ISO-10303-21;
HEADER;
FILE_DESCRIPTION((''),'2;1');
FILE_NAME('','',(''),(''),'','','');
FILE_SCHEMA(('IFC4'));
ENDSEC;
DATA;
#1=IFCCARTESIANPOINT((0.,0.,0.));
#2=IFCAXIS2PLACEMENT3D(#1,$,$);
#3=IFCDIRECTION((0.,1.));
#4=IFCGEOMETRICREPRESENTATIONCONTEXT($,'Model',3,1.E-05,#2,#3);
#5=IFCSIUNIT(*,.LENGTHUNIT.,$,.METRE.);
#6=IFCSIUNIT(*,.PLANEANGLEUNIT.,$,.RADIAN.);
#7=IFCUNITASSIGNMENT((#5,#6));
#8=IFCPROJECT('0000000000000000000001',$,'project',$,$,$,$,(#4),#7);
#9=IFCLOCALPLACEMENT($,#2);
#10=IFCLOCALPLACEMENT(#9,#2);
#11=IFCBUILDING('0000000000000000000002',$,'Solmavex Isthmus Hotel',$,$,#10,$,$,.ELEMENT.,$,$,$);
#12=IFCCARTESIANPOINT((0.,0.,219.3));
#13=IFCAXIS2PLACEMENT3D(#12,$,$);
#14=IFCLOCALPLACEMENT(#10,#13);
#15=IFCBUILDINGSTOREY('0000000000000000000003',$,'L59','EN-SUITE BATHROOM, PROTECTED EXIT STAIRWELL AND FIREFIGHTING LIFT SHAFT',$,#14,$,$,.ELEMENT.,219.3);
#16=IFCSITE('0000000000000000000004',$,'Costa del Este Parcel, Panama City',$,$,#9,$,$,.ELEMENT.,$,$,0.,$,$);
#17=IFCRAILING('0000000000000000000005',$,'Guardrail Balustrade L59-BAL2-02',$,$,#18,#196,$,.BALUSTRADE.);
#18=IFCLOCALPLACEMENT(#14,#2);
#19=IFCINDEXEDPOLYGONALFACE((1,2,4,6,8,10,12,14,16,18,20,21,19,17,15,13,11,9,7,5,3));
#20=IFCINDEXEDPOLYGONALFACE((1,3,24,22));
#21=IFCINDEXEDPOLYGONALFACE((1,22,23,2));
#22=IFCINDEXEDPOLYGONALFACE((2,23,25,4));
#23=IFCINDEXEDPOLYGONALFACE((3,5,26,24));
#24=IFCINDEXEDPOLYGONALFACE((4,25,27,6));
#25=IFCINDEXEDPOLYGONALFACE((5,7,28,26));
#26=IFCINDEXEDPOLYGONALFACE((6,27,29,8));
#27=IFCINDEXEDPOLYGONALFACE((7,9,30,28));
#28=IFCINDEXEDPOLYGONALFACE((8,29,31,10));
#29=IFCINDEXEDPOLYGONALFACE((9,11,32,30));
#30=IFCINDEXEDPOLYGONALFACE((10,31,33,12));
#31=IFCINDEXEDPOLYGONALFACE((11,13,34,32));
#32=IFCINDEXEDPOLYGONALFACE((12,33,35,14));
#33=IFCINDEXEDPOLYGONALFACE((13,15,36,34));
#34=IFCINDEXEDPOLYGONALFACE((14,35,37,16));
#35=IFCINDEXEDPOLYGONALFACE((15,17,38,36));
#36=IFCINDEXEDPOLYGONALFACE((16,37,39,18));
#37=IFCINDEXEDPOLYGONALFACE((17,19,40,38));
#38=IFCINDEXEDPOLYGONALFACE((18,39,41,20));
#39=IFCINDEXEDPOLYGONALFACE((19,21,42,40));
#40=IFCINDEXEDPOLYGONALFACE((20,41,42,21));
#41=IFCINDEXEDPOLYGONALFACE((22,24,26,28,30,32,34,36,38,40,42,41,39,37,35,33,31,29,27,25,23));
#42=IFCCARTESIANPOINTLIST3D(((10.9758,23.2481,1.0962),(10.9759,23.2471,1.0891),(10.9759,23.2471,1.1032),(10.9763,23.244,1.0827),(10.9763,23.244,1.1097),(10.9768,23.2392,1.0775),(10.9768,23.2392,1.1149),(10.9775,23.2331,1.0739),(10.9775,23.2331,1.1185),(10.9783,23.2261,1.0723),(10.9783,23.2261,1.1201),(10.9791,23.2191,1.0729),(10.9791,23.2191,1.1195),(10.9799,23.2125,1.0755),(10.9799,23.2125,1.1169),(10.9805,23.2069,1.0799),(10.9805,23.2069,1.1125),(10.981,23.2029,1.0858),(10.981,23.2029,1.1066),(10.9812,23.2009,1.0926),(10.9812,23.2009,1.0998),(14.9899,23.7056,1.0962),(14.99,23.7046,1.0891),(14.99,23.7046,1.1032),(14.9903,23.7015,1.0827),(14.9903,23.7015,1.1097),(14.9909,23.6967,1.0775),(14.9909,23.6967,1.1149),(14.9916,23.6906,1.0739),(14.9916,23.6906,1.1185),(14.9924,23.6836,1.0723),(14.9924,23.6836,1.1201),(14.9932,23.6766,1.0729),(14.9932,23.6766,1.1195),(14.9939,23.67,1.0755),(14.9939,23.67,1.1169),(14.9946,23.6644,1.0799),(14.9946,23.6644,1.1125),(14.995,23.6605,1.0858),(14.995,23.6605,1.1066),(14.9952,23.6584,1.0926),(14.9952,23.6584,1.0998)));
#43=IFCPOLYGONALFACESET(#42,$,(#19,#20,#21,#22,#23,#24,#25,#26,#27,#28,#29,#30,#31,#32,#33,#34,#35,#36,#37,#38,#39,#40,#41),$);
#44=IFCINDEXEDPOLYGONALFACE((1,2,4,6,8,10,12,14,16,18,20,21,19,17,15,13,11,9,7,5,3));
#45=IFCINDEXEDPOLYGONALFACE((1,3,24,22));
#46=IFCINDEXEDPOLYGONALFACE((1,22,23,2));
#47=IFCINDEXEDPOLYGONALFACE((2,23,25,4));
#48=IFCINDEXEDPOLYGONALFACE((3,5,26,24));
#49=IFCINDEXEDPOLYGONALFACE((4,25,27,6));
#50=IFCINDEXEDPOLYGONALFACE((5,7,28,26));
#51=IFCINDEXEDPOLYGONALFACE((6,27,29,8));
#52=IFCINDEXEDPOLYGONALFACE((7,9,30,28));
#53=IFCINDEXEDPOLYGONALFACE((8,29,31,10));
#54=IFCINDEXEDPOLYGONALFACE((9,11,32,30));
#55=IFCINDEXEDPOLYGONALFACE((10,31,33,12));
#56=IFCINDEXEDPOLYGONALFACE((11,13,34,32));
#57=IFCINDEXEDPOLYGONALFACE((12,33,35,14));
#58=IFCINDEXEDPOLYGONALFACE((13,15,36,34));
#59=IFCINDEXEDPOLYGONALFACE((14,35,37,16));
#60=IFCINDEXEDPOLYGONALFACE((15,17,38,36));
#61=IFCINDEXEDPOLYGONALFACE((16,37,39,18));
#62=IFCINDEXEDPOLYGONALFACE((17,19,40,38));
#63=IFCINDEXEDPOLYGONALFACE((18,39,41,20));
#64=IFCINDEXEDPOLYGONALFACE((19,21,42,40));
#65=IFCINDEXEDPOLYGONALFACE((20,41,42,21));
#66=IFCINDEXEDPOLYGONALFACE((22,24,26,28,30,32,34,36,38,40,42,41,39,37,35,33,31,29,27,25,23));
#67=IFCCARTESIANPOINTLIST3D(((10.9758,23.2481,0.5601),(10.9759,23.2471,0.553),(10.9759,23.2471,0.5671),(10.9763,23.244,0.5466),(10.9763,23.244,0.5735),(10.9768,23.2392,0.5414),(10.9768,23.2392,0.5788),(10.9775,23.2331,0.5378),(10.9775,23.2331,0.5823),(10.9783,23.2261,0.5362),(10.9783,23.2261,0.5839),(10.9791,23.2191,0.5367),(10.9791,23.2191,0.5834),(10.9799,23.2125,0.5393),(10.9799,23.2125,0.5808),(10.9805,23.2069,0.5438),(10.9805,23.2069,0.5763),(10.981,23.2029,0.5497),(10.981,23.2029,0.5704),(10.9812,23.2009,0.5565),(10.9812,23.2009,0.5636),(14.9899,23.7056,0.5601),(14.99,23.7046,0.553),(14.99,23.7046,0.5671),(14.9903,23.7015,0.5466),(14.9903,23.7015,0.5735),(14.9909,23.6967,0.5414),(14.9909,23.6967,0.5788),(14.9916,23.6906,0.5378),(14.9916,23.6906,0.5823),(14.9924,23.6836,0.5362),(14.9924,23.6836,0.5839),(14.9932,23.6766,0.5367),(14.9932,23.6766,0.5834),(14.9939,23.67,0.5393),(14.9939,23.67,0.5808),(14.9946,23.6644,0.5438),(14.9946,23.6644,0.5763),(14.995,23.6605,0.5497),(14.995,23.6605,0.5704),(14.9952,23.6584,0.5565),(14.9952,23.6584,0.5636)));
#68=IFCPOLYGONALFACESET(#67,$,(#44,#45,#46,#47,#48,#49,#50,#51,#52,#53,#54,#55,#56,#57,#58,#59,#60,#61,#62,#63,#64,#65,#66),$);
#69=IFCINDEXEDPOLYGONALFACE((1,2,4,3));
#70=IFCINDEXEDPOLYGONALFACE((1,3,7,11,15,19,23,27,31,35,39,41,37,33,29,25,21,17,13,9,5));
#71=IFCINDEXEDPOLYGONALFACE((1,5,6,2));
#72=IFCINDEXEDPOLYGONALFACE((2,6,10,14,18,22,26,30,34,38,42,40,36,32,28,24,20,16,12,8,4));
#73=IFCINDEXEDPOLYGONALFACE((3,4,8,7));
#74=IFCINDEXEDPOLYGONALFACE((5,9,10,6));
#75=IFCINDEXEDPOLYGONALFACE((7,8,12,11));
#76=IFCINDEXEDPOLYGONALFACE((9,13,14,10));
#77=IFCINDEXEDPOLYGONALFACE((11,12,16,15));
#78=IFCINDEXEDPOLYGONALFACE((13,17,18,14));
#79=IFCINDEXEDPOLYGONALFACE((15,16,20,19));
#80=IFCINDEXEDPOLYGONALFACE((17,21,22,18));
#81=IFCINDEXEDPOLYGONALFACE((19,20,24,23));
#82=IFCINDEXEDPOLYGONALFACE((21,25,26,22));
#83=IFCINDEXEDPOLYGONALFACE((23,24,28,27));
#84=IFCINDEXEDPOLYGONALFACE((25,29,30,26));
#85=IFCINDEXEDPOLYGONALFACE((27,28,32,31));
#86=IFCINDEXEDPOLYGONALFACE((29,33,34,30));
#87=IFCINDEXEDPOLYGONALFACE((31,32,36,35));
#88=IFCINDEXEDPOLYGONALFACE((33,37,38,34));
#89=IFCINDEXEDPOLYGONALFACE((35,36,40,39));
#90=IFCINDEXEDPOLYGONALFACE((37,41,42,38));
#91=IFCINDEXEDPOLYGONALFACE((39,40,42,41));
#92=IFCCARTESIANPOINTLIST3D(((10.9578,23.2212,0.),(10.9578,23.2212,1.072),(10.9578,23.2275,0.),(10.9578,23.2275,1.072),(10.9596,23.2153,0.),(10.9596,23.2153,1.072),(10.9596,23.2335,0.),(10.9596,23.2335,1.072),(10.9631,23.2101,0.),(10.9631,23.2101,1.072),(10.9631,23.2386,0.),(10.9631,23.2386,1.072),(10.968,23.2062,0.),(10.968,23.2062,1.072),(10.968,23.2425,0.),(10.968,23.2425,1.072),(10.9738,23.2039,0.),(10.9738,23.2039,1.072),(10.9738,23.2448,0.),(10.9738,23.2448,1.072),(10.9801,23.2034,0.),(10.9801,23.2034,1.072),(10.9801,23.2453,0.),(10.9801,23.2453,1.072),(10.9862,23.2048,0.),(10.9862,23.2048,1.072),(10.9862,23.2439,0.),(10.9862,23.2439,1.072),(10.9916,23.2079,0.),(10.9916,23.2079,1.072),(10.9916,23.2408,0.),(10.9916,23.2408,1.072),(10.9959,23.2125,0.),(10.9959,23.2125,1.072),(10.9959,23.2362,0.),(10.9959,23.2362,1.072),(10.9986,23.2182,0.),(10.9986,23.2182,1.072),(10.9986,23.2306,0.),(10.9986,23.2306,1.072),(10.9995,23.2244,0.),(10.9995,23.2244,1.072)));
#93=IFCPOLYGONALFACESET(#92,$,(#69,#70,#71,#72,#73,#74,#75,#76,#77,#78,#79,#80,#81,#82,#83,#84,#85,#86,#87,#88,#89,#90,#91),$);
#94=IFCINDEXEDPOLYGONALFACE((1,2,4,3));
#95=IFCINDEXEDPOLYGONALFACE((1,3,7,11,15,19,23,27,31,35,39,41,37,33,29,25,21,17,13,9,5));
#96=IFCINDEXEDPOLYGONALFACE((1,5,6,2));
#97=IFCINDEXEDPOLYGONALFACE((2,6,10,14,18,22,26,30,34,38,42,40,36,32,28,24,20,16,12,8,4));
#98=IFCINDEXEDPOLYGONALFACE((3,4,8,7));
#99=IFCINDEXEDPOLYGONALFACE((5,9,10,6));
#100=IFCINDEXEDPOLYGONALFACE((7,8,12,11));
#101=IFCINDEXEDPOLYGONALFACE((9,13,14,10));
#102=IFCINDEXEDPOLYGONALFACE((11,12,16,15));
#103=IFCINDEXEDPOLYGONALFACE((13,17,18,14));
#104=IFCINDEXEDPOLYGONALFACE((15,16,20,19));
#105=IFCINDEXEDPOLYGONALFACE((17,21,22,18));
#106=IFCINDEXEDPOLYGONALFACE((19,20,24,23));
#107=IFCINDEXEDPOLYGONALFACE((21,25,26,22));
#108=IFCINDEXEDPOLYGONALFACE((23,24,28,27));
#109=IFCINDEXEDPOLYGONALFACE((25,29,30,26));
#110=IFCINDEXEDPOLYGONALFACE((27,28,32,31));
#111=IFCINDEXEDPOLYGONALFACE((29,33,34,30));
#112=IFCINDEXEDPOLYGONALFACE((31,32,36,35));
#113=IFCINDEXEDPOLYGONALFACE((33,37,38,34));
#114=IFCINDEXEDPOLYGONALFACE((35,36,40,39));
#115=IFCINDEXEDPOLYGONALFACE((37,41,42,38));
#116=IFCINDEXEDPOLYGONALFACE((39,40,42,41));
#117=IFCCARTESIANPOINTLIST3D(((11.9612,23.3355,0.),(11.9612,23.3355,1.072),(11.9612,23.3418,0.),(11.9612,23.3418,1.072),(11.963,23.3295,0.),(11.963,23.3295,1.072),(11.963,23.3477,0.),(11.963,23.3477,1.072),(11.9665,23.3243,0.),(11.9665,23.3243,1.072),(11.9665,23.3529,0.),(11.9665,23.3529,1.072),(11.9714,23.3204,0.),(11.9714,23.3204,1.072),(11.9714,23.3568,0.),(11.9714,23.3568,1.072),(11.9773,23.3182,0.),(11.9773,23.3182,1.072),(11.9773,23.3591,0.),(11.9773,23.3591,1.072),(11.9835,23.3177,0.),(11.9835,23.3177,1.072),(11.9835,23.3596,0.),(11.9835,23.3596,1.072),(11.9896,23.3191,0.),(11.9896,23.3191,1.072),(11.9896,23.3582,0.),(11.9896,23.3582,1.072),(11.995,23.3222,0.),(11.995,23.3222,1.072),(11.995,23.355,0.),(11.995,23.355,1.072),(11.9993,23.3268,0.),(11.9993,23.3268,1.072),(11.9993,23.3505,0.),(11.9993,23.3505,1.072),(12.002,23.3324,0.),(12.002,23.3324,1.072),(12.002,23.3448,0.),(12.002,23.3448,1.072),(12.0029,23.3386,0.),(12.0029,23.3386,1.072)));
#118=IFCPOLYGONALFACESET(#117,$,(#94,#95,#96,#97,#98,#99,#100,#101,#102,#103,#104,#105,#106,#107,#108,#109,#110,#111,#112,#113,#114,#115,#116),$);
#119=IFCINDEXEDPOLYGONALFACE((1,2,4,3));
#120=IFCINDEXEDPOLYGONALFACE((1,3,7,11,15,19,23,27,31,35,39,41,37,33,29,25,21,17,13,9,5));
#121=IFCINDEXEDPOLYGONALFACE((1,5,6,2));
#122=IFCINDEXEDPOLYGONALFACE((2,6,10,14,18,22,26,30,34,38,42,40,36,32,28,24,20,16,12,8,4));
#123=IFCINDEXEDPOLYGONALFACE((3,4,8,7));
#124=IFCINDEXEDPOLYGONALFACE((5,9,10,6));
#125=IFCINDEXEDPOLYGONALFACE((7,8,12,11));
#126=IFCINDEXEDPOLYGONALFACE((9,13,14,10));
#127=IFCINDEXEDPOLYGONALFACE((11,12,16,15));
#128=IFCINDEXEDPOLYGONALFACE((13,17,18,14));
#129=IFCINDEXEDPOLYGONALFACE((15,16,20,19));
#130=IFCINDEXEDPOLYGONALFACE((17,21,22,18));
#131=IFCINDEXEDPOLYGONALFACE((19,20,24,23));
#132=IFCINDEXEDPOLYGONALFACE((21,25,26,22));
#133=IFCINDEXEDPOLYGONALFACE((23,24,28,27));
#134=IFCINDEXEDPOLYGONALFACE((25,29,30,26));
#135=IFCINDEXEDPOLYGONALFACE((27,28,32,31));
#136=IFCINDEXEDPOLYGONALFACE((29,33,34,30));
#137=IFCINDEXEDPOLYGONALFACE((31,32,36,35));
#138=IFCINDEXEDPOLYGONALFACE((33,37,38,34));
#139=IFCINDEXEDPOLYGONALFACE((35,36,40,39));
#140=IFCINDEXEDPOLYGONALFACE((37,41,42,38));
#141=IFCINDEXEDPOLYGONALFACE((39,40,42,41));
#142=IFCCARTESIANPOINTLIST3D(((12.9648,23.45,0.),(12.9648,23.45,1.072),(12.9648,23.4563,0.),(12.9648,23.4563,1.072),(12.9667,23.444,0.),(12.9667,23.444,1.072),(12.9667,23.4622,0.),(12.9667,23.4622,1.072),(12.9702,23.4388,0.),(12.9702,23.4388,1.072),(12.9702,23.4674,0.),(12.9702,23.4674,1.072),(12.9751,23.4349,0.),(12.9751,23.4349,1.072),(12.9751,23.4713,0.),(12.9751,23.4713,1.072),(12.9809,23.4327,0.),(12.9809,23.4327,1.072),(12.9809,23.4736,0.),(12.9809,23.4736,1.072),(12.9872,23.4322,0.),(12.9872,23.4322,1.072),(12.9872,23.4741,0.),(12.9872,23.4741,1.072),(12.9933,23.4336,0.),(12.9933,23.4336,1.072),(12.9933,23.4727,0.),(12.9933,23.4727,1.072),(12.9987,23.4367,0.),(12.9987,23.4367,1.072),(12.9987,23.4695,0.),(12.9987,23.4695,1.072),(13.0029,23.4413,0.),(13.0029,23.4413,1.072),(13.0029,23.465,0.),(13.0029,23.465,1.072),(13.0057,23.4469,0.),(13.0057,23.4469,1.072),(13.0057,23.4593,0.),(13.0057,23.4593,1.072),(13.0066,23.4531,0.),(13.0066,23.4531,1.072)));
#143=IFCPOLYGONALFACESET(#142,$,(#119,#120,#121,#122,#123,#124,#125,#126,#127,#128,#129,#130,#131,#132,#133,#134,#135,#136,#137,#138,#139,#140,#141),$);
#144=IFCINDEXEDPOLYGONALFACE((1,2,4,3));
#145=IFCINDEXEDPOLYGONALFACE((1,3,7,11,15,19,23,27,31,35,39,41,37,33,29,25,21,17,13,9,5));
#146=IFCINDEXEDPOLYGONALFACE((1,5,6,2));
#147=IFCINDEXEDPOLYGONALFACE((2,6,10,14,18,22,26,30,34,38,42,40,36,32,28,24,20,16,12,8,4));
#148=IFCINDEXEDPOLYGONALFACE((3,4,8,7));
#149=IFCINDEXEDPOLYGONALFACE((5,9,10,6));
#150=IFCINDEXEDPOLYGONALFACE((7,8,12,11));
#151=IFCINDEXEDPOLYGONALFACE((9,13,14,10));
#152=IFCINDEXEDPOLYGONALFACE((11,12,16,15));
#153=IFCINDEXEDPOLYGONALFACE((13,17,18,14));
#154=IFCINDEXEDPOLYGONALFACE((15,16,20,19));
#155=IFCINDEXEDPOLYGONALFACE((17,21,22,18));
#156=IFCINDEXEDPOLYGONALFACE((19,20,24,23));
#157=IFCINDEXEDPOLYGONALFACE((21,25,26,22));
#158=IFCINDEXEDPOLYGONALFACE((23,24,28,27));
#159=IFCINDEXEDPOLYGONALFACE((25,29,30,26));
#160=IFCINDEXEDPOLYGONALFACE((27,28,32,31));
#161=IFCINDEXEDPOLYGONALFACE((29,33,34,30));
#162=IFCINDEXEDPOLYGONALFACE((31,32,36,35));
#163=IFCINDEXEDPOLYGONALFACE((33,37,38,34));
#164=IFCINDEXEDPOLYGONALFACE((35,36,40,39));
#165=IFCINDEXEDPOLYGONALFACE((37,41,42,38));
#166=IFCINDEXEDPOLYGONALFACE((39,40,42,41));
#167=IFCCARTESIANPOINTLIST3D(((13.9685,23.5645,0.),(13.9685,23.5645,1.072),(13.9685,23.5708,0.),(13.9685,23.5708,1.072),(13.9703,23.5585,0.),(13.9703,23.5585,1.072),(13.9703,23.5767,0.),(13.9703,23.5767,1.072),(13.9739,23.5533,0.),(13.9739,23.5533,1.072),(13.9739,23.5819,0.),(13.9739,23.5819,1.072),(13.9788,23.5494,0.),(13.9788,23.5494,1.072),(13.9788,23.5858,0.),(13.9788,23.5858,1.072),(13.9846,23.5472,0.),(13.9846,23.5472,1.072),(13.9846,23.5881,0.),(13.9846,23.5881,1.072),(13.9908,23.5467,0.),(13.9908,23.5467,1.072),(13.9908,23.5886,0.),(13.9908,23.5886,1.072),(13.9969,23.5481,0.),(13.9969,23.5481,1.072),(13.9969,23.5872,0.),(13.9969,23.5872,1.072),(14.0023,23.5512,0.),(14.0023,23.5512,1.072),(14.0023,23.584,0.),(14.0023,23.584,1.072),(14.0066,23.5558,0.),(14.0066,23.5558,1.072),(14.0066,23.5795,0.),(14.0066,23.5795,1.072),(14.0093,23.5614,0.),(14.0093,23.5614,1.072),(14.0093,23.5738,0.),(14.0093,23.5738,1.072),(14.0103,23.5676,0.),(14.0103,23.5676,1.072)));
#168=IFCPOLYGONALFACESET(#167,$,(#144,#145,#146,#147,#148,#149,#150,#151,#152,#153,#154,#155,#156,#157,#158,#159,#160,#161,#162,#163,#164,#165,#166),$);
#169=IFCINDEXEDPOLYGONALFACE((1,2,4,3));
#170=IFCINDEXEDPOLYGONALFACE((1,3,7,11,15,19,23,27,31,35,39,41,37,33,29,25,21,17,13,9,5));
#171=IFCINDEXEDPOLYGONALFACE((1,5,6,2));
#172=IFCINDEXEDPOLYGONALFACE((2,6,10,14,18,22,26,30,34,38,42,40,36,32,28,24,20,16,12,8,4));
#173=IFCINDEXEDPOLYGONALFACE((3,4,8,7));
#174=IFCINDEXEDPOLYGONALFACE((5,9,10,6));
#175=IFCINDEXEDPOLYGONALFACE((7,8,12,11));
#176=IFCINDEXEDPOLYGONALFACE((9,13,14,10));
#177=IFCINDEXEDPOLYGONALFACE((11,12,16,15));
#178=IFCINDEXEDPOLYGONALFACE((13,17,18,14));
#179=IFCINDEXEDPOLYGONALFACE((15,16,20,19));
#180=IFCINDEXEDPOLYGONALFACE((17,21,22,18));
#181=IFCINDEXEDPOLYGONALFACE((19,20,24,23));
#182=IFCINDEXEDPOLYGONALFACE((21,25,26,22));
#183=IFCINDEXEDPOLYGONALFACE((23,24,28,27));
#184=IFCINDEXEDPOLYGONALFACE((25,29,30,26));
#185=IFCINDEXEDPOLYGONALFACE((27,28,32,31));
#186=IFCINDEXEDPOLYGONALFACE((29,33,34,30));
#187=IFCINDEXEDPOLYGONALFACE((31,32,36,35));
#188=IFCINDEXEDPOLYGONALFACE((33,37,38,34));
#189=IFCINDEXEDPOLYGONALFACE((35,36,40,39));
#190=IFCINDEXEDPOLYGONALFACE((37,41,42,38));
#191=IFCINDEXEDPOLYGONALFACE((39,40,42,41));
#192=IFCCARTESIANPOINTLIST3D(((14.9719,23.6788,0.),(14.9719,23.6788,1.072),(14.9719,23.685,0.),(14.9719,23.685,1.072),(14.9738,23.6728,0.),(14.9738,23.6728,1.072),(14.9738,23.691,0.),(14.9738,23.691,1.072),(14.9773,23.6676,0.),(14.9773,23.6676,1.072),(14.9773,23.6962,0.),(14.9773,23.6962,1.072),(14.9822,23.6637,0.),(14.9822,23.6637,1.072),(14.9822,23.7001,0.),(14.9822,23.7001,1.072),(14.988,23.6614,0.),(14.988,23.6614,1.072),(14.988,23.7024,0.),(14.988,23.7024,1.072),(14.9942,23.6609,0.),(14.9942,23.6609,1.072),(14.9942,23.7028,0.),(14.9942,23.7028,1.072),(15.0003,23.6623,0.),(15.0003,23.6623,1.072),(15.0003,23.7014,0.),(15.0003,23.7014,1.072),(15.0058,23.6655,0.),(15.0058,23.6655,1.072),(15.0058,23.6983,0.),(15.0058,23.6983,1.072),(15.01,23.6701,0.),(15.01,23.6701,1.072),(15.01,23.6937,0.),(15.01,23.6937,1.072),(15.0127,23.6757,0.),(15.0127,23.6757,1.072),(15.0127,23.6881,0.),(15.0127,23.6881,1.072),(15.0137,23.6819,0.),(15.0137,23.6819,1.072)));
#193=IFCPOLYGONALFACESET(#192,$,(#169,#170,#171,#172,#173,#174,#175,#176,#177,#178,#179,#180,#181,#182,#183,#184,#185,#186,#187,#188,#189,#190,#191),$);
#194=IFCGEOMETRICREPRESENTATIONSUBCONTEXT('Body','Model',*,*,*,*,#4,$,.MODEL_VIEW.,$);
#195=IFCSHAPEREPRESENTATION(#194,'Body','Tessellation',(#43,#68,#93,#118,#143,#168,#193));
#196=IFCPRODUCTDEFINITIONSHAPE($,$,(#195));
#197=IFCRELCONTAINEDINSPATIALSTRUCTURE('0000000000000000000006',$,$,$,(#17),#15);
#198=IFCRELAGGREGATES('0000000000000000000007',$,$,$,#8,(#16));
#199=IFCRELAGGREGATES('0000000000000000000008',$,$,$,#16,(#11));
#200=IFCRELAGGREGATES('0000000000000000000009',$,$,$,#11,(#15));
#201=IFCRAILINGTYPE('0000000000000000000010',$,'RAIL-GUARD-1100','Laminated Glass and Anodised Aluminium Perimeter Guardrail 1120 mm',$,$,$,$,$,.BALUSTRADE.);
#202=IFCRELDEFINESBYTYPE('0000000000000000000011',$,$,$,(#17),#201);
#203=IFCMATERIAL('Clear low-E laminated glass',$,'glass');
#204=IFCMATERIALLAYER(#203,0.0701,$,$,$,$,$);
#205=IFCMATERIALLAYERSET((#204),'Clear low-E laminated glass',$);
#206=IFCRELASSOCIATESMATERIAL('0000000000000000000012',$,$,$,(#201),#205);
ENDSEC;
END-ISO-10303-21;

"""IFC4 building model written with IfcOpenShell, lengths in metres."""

from ifc_helpers import new_model, si_unit, direction, frame, origin, origin_2d, place, context, subcontext, project, spatial, circle, extrude, material, layer, layer_set, type_object, element, save


model = new_model("IFC4")

# Units and contexts
model_context = context("Model", 3, precision=1e-05, world=origin(), true_north=direction((0.0, 1.0)))
body_context = subcontext(model_context, "Body", "Model", "MODEL_VIEW")
ifc_project = project(units=[si_unit("LENGTHUNIT", "METRE"), si_unit("PLANEANGLEUNIT", "RADIAN")], contexts=[model_context])

# Site, building, storey
site_placement = place(None, origin())
site = spatial("IfcSite", under=ifc_project, at=site_placement, Name="Costa del Este Parcel, Panama City", CompositionType="ELEMENT", RefElevation=0.0)
building_placement = place(site_placement, origin())
building = spatial("IfcBuilding", under=site, at=building_placement, Name="Solmavex Isthmus Hotel", CompositionType="ELEMENT")
storey_placement = place(building_placement, frame((0.0, 0.0, 219.3)))
storey = spatial("IfcBuildingStorey", under=building, at=storey_placement, Name="L59", Description="EN-SUITE BATHROOM, PROTECTED EXIT STAIRWELL AND FIREFIGHTING LIFT SHAFT", CompositionType="ELEMENT", Elevation=219.3)

# Shared definitions
ifc_material_1 = material(Name="Clear low-E laminated glass", Category="glass")

# Railing
ifc_layer_1 = layer(ifc_material_1, 0.0701)
ifc_layer_set_1 = layer_set([ifc_layer_1], Name="Clear low-E laminated glass")
railing_type_1 = type_object("IfcRailingType", Name="RAIL-GUARD-1100", Description="Laminated Glass and Anodised Aluminium Perimeter Guardrail 1120 mm", PredefinedType="BALUSTRADE", material=ifc_layer_set_1)
railing_1_placement = place(storey_placement, frame((10.9785, 23.2244, 0.0)))
element("IfcRailing", 1, at=railing_1_placement, inside=storey, type_object=railing_type_1, Name="Guardrail Balustrade L59-BAL2-02", PredefinedType="BALUSTRADE", context=body_context, shape_type="SweptSolid", body=[
    extrude(circle(Radius=0.0239, at=origin_2d()), frame((0.0, 0.0, 1.0962), z_axis=(0.993567, 0.113243, 0.0), x_axis=(-0.113243, 0.993567, 0.0)), (0.0, 0.0, 1.0), 4.04),
    extrude(circle(Radius=0.0239, at=origin_2d()), frame((0.0, 0.0, 0.5601), z_axis=(0.993567, 0.113243, 0.0), x_axis=(-0.113243, 0.993567, 0.0)), (0.0, 0.0, 1.0), 4.04),
    extrude(circle(Radius=0.021, at=origin_2d()), origin(), (0.0, 0.0, 1.0), 1.072),
    extrude(circle(Radius=0.021, at=origin_2d()), frame((1.0034, 0.1143, 0.0)), (0.0, 0.0, 1.0), 1.072),
    extrude(circle(Radius=0.021, at=origin_2d()), frame((2.0071, 0.2288, 0.0)), (0.0, 0.0, 1.0), 1.072),
    extrude(circle(Radius=0.021, at=origin_2d()), frame((3.0107, 0.3433, 0.0)), (0.0, 0.0, 1.0), 1.072),
    extrude(circle(Radius=0.021, at=origin_2d()), frame((4.0142, 0.4575, 0.0)), (0.0, 0.0, 1.0), 1.072),
])

save(model, "model.ifc")
